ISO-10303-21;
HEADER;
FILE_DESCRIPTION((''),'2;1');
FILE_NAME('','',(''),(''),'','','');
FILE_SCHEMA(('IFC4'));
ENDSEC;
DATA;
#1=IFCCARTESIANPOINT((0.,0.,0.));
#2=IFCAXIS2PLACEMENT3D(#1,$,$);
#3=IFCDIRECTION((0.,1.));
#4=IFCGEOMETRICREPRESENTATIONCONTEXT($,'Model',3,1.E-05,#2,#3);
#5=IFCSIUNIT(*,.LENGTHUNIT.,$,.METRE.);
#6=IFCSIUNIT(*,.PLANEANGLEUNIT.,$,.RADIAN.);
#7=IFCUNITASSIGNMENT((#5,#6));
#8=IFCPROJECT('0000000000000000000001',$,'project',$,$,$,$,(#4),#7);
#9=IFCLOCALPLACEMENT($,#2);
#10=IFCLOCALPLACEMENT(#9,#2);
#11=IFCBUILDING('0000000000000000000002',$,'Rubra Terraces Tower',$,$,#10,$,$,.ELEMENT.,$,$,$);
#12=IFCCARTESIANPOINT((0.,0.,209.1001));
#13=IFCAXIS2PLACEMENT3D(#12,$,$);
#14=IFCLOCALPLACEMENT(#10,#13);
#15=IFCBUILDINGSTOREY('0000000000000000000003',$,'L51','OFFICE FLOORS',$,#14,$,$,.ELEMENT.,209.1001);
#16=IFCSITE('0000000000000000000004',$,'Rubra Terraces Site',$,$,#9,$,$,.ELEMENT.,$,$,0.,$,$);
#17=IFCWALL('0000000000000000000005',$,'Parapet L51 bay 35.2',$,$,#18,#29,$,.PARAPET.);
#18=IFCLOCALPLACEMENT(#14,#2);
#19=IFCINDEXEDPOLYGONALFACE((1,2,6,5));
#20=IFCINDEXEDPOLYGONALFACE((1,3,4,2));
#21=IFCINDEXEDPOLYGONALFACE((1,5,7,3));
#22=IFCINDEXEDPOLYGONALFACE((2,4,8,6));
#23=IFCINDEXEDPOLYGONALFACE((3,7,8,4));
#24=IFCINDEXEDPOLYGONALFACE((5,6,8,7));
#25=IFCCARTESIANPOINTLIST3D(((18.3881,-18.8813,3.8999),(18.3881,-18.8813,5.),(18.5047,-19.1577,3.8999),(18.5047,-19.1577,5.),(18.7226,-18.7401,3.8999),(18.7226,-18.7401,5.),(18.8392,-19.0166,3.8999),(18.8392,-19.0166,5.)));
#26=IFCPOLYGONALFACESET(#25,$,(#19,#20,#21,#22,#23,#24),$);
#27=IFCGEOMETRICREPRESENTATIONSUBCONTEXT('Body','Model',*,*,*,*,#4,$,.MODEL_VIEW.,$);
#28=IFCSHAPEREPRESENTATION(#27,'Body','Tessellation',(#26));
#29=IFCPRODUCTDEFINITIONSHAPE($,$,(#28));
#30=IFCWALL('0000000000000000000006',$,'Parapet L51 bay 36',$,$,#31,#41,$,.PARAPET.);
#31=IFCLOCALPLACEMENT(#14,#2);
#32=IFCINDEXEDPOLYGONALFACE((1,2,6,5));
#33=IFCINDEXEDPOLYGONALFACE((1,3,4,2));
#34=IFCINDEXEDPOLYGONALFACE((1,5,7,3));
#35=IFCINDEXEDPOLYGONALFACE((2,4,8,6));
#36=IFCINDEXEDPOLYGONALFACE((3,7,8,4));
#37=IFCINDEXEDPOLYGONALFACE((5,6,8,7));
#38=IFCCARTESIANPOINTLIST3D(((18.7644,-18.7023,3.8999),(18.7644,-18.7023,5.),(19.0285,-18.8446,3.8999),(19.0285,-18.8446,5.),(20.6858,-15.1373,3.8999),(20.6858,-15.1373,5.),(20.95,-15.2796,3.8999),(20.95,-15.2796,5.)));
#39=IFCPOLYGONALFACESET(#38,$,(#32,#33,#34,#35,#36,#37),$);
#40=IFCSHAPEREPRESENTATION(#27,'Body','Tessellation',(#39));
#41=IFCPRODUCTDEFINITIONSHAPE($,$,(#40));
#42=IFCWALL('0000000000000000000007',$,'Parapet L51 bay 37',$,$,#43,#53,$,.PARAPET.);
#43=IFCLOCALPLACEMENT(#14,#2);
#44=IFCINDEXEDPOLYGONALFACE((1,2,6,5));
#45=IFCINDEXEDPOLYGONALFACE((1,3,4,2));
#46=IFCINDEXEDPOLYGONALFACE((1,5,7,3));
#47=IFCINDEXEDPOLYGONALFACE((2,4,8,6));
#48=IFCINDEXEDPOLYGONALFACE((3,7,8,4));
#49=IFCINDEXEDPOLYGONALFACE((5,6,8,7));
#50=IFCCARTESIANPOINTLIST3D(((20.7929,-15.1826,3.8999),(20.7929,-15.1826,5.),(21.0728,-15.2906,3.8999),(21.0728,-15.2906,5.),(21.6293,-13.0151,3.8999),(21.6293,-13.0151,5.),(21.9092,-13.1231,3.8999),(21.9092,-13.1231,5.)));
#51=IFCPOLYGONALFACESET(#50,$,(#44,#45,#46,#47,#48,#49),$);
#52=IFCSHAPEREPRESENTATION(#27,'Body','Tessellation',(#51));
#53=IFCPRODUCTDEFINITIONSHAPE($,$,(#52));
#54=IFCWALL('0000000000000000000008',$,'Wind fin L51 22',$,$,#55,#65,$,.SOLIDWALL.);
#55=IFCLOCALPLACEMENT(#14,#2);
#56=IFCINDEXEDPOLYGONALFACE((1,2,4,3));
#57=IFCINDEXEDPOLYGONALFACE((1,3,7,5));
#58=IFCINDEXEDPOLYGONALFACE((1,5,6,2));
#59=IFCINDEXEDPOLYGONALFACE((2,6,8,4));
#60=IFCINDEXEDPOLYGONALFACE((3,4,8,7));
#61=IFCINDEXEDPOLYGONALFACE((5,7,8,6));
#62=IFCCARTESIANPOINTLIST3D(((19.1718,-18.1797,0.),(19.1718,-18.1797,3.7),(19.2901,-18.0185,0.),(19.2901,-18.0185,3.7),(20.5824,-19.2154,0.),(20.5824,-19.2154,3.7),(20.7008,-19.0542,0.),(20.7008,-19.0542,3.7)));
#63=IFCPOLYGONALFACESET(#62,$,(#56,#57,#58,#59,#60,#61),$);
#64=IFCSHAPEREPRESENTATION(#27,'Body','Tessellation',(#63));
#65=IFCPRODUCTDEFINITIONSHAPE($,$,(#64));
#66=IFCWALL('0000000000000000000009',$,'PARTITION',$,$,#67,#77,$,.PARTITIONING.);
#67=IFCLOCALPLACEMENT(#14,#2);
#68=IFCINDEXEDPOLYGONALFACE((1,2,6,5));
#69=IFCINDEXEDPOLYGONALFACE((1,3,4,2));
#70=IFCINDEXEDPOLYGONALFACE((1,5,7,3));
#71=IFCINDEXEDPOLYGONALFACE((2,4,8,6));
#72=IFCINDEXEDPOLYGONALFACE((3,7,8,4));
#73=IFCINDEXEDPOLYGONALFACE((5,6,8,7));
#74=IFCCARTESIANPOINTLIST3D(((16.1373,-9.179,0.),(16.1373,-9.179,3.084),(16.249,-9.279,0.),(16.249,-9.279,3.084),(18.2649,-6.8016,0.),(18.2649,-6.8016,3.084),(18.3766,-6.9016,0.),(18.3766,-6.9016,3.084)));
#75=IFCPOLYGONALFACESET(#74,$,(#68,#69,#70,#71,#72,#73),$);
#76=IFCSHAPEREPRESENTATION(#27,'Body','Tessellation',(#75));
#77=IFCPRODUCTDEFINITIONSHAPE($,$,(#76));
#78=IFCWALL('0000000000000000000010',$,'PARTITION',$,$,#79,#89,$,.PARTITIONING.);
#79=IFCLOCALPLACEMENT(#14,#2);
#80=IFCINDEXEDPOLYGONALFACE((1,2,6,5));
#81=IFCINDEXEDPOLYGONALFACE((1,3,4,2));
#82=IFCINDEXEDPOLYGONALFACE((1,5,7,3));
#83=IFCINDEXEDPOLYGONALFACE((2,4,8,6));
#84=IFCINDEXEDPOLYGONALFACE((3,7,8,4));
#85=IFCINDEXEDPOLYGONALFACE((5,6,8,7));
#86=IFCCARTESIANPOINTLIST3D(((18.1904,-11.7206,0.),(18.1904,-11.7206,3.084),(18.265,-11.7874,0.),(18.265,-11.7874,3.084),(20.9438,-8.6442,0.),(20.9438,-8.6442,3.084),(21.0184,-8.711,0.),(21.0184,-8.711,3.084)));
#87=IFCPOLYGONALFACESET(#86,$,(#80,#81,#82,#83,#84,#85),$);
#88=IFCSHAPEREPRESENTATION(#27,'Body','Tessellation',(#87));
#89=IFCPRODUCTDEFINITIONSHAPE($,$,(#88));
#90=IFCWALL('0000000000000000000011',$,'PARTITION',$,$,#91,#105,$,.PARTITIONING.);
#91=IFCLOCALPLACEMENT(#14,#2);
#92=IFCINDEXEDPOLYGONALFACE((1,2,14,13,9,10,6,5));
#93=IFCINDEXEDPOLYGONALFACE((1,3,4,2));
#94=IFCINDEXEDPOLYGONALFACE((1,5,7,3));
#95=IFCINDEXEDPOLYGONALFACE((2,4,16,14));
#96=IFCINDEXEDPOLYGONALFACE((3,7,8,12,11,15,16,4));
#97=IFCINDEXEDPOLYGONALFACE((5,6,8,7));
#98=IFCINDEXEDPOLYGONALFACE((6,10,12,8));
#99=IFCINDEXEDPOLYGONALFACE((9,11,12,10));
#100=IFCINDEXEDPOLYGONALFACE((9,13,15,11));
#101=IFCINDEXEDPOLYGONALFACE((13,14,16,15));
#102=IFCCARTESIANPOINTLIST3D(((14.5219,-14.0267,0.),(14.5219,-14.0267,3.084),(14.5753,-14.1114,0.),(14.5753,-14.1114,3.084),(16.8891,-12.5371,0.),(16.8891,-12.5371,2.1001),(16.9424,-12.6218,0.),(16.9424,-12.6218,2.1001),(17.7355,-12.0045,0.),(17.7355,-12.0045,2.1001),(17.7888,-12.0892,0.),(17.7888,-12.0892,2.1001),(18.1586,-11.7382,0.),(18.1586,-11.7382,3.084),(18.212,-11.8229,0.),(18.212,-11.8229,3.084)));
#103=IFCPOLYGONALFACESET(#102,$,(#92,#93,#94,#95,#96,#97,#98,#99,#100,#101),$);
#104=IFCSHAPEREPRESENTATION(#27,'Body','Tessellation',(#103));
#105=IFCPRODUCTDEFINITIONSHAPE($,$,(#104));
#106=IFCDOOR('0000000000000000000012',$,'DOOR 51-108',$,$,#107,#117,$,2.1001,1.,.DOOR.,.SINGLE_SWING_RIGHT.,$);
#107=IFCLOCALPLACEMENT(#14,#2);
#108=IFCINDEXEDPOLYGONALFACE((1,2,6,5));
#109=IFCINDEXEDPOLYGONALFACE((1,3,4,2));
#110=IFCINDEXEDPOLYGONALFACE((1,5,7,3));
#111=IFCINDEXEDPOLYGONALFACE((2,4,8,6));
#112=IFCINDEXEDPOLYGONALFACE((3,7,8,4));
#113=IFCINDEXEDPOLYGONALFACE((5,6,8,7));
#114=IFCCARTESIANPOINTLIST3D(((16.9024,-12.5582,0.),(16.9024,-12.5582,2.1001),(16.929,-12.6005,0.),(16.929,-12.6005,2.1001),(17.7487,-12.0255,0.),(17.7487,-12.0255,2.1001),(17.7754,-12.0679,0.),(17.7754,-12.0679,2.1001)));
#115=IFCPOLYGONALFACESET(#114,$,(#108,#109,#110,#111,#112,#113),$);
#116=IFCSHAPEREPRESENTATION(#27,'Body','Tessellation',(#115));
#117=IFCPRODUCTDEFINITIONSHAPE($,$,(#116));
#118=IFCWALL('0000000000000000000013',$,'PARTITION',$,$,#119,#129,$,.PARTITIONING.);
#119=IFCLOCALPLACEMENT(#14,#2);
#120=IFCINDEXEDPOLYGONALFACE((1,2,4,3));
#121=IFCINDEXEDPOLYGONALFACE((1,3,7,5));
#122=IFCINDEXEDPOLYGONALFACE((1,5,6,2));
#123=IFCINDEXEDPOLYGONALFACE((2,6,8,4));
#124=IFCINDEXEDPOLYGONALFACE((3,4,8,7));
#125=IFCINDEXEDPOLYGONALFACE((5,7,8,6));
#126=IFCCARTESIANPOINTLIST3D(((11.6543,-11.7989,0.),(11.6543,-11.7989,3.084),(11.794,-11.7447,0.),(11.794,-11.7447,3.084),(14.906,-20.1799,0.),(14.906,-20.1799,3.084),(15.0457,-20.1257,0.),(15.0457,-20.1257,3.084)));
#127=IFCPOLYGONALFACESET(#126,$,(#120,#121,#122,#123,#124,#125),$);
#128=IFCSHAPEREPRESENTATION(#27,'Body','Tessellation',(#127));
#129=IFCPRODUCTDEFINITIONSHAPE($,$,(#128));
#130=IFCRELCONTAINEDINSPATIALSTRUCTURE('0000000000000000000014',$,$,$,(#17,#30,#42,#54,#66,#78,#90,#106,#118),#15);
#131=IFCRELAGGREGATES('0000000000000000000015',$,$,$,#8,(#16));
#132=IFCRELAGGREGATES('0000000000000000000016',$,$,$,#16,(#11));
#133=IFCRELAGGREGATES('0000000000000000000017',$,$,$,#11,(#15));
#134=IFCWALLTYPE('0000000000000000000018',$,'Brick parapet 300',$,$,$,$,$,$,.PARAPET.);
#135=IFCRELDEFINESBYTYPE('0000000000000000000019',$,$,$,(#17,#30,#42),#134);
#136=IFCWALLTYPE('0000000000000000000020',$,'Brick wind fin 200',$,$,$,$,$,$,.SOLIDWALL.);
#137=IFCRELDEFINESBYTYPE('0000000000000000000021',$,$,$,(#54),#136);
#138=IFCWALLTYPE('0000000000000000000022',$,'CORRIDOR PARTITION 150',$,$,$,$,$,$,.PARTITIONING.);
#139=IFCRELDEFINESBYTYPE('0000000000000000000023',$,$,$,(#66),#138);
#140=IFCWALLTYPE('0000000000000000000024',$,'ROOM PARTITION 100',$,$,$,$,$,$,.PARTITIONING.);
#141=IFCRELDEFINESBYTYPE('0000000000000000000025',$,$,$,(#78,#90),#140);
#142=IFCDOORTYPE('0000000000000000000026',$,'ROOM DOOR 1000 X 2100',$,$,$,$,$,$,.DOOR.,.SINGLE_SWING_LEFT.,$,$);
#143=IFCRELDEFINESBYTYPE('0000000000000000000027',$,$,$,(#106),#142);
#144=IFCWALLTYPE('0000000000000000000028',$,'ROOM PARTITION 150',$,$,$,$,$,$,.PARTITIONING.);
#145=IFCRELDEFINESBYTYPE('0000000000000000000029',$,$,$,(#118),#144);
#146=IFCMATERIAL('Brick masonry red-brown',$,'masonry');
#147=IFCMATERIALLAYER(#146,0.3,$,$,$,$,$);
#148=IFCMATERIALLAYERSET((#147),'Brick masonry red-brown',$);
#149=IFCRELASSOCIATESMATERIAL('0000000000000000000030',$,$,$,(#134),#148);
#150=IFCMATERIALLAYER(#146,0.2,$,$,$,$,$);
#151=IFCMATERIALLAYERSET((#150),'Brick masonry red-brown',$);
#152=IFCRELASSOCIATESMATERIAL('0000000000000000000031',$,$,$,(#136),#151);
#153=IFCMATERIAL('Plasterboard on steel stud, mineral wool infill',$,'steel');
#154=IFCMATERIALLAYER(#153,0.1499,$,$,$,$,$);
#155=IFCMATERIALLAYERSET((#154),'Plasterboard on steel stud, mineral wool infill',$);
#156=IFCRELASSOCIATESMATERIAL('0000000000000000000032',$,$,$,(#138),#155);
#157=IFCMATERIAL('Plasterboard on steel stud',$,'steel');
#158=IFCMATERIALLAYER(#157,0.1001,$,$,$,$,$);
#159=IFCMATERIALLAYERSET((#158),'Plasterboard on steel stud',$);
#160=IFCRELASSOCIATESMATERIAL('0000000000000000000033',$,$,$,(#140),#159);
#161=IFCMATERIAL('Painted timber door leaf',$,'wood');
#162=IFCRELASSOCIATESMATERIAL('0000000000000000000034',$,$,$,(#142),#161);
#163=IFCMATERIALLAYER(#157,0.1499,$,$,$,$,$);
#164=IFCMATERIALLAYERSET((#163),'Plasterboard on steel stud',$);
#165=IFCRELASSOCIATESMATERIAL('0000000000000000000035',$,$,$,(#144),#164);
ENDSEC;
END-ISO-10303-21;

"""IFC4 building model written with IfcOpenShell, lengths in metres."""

from ifc_helpers import new_model, si_unit, direction, frame, frame_2d, origin, place, context, subcontext, project, spatial, rectangle, extrude, material, layer, layer_set, type_object, element, fill, save


model = new_model("IFC4")

# Units and contexts
model_context = context("Model", 3, precision=1e-05, world=origin(), true_north=direction((0.0, 1.0)))
body_context = subcontext(model_context, "Body", "Model", "MODEL_VIEW")
ifc_project = project(units=[si_unit("LENGTHUNIT", "METRE"), si_unit("PLANEANGLEUNIT", "RADIAN")], contexts=[model_context])

# Site, building, storey
site_placement = place(None, origin())
site = spatial("IfcSite", under=ifc_project, at=site_placement, Name="Rubra Terraces Site", CompositionType="ELEMENT", RefElevation=0.0)
building_placement = place(site_placement, origin())
building = spatial("IfcBuilding", under=site, at=building_placement, Name="Rubra Terraces Tower", CompositionType="ELEMENT")
storey_placement = place(building_placement, frame((0.0, 0.0, 209.1001)))
storey = spatial("IfcBuildingStorey", under=building, at=storey_placement, Name="L51", Description="OFFICE FLOORS", CompositionType="ELEMENT", Elevation=209.1001)

# Shared definitions
ifc_material_1 = material(Name="Brick masonry red-brown", Category="masonry")

# Walls
ifc_layer_1 = layer(ifc_material_1, 0.3)
ifc_layer_set_1 = layer_set([ifc_layer_1], Name="Brick masonry red-brown")
wall_type_1 = type_object("IfcWallType", Name="Brick parapet 300", PredefinedType="PARAPET", material=ifc_layer_set_1)
wall_1_placement = place(storey_placement, frame((18.4463, -19.0195, 3.8999), z_axis=(0.0, 0.0, 1.0), x_axis=(0.921357, 0.388718, 0.0)))
element("IfcWall", 1, at=wall_1_placement, inside=storey, type_object=wall_type_1, Name="Parapet L51 bay 35.2", PredefinedType="PARAPET", context=body_context, shape_type="SweptSolid", body=[
    extrude(rectangle(XDim=0.363, YDim=0.3, at=frame_2d((0.1816, 0.0))), origin(), (0.0, 0.0, 1.0), 1.1001),
])
wall_2_placement = place(storey_placement, frame((18.8965, -18.7734, 3.8999), z_axis=(0.0, 0.0, 1.0), x_axis=(0.474445, 0.880285, 0.0)))
element("IfcWall", 2, at=wall_2_placement, inside=storey, type_object=wall_type_1, Name="Parapet L51 bay 36", PredefinedType="PARAPET", context=body_context, shape_type="SweptSolid", body=[
    extrude(rectangle(XDim=4.0498, YDim=0.3, at=frame_2d((2.0249, 0.0))), origin(), (0.0, 0.0, 1.0), 1.1001),
])
wall_3_placement = place(storey_placement, frame((20.9329, -15.2366, 3.8999), z_axis=(0.0, 0.0, 1.0), x_axis=(0.360021, 0.932944, 0.0)))
element("IfcWall", 3, at=wall_3_placement, inside=storey, type_object=wall_type_1, Name="Parapet L51 bay 37", PredefinedType="PARAPET", context=body_context, shape_type="SweptSolid", body=[
    extrude(rectangle(XDim=2.3232, YDim=0.3, at=frame_2d((1.1616, 0.0))), origin(), (0.0, 0.0, 1.0), 1.1001),
])
ifc_layer_2 = layer(ifc_material_1, 0.2)
ifc_layer_set_2 = layer_set([ifc_layer_2], Name="Brick masonry red-brown")
wall_type_2 = type_object("IfcWallType", Name="Brick wind fin 200", PredefinedType="SOLIDWALL", material=ifc_layer_set_2)
wall_4_placement = place(storey_placement, frame((19.231, -18.0991, 0.0), z_axis=(0.0, 0.0, 1.0), x_axis=(0.806086, -0.591799, 0.0)))
element("IfcWall", 4, at=wall_4_placement, inside=storey, type_object=wall_type_2, Name="Wind fin L51 22", PredefinedType="SOLIDWALL", context=body_context, shape_type="SweptSolid", body=[
    extrude(rectangle(XDim=1.75, YDim=0.2, at=frame_2d((0.875, 0.0))), origin(), (0.0, 0.0, 1.0), 3.7),
])
ifc_material_2 = material(Name="Plasterboard on steel stud, mineral wool infill", Category="steel")
ifc_layer_3 = layer(ifc_material_2, 0.1499)
ifc_layer_set_3 = layer_set([ifc_layer_3], Name="Plasterboard on steel stud, mineral wool infill")
wall_type_3 = type_object("IfcWallType", Name="CORRIDOR PARTITION 150", PredefinedType="PARTITIONING", material=ifc_layer_set_3)
wall_5_placement = place(storey_placement, frame((16.1931, -9.229, 0.0), z_axis=(0.0, 0.0, 1.0), x_axis=(0.666882, 0.745163, 0.0)))
element("IfcWall", 5, at=wall_5_placement, inside=storey, type_object=wall_type_3, Name="PARTITION", PredefinedType="PARTITIONING", context=body_context, shape_type="SweptSolid", body=[
    extrude(rectangle(XDim=3.1904, YDim=0.1499, at=frame_2d((1.5952, 0.0))), origin(), (0.0, 0.0, 1.0), 3.084),
])
ifc_material_3 = material(Name="Plasterboard on steel stud", Category="steel")
ifc_layer_4 = layer(ifc_material_3, 0.1001)
ifc_layer_set_4 = layer_set([ifc_layer_4], Name="Plasterboard on steel stud")
wall_type_4 = type_object("IfcWallType", Name="ROOM PARTITION 100", PredefinedType="PARTITIONING", material=ifc_layer_set_4)
wall_6_placement = place(storey_placement, frame((20.9812, -8.6775, 0.0), z_axis=(0.0, 0.0, 1.0), x_axis=(-0.666907, -0.745141, 0.0)))
element("IfcWall", 6, at=wall_6_placement, inside=storey, type_object=wall_type_4, Name="PARTITION", PredefinedType="PARTITIONING", context=body_context, shape_type="SweptSolid", body=[
    extrude(rectangle(XDim=4.1287, YDim=0.1001, at=frame_2d((2.0645, 0.0))), origin(), (0.0, 0.0, 1.0), 3.084),
])

# Wall, opening, door
wall_7_placement = place(storey_placement, frame((18.1853, -11.7805, 0.0), z_axis=(0.0, 0.0, 1.0), x_axis=(-0.84636, -0.532611, 0.0)))
wall_7 = element("IfcWall", 7, at=wall_7_placement, inside=storey, type_object=wall_type_4, Name="PARTITION", PredefinedType="PARTITIONING", context=body_context, shape_type="SweptSolid", body=[
    extrude(rectangle(XDim=4.2969, YDim=0.1001, at=frame_2d((2.1484, 0.0))), origin(), (0.0, 0.0, 1.0), 3.084),
])
opening_1_placement = place(wall_7_placement, frame((0.5, 0.0, 0.0)))
opening_1 = element("IfcOpeningElement", 8, at=opening_1_placement, cuts=wall_7, PredefinedType="OPENING", context=body_context, shape_type="SweptSolid", body=[
    extrude(rectangle(XDim=1.0, YDim=2.1001, at=frame_2d((0.5, 1.05))), frame((0.0, 0.0601, 0.0), z_axis=(0.0, -1.0, 0.0), x_axis=(1.0, 0.0, 0.0)), (0.0, 0.0, 1.0), 0.1201),
])
ifc_material_4 = material(Name="Painted timber door leaf", Category="wood")
door_type = type_object("IfcDoorType", Name="ROOM DOOR 1000 X 2100", OperationType="SINGLE_SWING_LEFT", PredefinedType="DOOR", material=ifc_material_4)
door_placement = place(opening_1_placement, origin())
door = element("IfcDoor", 9, at=door_placement, inside=storey, type_object=door_type, Name="DOOR 51-108", OperationType="SINGLE_SWING_RIGHT", OverallHeight=2.1001, OverallWidth=1.0, PredefinedType="DOOR", context=body_context, shape_type="SweptSolid", body=[
    extrude(rectangle(XDim=1.0, YDim=2.1001, at=frame_2d((0.5, 1.05))), frame((0.0, 0.0249, 0.0), z_axis=(0.0, -1.0, 0.0), x_axis=(1.0, 0.0, 0.0)), (0.0, 0.0, 1.0), 0.05),
])
fill(opening_1, door)

# Wall
ifc_layer_5 = layer(ifc_material_3, 0.1499)
ifc_layer_set_5 = layer_set([ifc_layer_5], Name="Plasterboard on steel stud")
wall_type_5 = type_object("IfcWallType", Name="ROOM PARTITION 150", PredefinedType="PARTITIONING", material=ifc_layer_set_5)
wall_8_placement = place(storey_placement, frame((14.9758, -20.1528, 0.0), z_axis=(0.0, 0.0, 1.0), x_axis=(-0.361711, 0.93229, 0.0)))
element("IfcWall", 10, at=wall_8_placement, inside=storey, type_object=wall_type_5, Name="PARTITION", PredefinedType="PARTITIONING", context=body_context, shape_type="SweptSolid", body=[
    extrude(rectangle(XDim=8.9897, YDim=0.1499, at=frame_2d((4.4949, 0.0))), origin(), (0.0, 0.0, 1.0), 3.084),
])

save(model, "model.ifc")
